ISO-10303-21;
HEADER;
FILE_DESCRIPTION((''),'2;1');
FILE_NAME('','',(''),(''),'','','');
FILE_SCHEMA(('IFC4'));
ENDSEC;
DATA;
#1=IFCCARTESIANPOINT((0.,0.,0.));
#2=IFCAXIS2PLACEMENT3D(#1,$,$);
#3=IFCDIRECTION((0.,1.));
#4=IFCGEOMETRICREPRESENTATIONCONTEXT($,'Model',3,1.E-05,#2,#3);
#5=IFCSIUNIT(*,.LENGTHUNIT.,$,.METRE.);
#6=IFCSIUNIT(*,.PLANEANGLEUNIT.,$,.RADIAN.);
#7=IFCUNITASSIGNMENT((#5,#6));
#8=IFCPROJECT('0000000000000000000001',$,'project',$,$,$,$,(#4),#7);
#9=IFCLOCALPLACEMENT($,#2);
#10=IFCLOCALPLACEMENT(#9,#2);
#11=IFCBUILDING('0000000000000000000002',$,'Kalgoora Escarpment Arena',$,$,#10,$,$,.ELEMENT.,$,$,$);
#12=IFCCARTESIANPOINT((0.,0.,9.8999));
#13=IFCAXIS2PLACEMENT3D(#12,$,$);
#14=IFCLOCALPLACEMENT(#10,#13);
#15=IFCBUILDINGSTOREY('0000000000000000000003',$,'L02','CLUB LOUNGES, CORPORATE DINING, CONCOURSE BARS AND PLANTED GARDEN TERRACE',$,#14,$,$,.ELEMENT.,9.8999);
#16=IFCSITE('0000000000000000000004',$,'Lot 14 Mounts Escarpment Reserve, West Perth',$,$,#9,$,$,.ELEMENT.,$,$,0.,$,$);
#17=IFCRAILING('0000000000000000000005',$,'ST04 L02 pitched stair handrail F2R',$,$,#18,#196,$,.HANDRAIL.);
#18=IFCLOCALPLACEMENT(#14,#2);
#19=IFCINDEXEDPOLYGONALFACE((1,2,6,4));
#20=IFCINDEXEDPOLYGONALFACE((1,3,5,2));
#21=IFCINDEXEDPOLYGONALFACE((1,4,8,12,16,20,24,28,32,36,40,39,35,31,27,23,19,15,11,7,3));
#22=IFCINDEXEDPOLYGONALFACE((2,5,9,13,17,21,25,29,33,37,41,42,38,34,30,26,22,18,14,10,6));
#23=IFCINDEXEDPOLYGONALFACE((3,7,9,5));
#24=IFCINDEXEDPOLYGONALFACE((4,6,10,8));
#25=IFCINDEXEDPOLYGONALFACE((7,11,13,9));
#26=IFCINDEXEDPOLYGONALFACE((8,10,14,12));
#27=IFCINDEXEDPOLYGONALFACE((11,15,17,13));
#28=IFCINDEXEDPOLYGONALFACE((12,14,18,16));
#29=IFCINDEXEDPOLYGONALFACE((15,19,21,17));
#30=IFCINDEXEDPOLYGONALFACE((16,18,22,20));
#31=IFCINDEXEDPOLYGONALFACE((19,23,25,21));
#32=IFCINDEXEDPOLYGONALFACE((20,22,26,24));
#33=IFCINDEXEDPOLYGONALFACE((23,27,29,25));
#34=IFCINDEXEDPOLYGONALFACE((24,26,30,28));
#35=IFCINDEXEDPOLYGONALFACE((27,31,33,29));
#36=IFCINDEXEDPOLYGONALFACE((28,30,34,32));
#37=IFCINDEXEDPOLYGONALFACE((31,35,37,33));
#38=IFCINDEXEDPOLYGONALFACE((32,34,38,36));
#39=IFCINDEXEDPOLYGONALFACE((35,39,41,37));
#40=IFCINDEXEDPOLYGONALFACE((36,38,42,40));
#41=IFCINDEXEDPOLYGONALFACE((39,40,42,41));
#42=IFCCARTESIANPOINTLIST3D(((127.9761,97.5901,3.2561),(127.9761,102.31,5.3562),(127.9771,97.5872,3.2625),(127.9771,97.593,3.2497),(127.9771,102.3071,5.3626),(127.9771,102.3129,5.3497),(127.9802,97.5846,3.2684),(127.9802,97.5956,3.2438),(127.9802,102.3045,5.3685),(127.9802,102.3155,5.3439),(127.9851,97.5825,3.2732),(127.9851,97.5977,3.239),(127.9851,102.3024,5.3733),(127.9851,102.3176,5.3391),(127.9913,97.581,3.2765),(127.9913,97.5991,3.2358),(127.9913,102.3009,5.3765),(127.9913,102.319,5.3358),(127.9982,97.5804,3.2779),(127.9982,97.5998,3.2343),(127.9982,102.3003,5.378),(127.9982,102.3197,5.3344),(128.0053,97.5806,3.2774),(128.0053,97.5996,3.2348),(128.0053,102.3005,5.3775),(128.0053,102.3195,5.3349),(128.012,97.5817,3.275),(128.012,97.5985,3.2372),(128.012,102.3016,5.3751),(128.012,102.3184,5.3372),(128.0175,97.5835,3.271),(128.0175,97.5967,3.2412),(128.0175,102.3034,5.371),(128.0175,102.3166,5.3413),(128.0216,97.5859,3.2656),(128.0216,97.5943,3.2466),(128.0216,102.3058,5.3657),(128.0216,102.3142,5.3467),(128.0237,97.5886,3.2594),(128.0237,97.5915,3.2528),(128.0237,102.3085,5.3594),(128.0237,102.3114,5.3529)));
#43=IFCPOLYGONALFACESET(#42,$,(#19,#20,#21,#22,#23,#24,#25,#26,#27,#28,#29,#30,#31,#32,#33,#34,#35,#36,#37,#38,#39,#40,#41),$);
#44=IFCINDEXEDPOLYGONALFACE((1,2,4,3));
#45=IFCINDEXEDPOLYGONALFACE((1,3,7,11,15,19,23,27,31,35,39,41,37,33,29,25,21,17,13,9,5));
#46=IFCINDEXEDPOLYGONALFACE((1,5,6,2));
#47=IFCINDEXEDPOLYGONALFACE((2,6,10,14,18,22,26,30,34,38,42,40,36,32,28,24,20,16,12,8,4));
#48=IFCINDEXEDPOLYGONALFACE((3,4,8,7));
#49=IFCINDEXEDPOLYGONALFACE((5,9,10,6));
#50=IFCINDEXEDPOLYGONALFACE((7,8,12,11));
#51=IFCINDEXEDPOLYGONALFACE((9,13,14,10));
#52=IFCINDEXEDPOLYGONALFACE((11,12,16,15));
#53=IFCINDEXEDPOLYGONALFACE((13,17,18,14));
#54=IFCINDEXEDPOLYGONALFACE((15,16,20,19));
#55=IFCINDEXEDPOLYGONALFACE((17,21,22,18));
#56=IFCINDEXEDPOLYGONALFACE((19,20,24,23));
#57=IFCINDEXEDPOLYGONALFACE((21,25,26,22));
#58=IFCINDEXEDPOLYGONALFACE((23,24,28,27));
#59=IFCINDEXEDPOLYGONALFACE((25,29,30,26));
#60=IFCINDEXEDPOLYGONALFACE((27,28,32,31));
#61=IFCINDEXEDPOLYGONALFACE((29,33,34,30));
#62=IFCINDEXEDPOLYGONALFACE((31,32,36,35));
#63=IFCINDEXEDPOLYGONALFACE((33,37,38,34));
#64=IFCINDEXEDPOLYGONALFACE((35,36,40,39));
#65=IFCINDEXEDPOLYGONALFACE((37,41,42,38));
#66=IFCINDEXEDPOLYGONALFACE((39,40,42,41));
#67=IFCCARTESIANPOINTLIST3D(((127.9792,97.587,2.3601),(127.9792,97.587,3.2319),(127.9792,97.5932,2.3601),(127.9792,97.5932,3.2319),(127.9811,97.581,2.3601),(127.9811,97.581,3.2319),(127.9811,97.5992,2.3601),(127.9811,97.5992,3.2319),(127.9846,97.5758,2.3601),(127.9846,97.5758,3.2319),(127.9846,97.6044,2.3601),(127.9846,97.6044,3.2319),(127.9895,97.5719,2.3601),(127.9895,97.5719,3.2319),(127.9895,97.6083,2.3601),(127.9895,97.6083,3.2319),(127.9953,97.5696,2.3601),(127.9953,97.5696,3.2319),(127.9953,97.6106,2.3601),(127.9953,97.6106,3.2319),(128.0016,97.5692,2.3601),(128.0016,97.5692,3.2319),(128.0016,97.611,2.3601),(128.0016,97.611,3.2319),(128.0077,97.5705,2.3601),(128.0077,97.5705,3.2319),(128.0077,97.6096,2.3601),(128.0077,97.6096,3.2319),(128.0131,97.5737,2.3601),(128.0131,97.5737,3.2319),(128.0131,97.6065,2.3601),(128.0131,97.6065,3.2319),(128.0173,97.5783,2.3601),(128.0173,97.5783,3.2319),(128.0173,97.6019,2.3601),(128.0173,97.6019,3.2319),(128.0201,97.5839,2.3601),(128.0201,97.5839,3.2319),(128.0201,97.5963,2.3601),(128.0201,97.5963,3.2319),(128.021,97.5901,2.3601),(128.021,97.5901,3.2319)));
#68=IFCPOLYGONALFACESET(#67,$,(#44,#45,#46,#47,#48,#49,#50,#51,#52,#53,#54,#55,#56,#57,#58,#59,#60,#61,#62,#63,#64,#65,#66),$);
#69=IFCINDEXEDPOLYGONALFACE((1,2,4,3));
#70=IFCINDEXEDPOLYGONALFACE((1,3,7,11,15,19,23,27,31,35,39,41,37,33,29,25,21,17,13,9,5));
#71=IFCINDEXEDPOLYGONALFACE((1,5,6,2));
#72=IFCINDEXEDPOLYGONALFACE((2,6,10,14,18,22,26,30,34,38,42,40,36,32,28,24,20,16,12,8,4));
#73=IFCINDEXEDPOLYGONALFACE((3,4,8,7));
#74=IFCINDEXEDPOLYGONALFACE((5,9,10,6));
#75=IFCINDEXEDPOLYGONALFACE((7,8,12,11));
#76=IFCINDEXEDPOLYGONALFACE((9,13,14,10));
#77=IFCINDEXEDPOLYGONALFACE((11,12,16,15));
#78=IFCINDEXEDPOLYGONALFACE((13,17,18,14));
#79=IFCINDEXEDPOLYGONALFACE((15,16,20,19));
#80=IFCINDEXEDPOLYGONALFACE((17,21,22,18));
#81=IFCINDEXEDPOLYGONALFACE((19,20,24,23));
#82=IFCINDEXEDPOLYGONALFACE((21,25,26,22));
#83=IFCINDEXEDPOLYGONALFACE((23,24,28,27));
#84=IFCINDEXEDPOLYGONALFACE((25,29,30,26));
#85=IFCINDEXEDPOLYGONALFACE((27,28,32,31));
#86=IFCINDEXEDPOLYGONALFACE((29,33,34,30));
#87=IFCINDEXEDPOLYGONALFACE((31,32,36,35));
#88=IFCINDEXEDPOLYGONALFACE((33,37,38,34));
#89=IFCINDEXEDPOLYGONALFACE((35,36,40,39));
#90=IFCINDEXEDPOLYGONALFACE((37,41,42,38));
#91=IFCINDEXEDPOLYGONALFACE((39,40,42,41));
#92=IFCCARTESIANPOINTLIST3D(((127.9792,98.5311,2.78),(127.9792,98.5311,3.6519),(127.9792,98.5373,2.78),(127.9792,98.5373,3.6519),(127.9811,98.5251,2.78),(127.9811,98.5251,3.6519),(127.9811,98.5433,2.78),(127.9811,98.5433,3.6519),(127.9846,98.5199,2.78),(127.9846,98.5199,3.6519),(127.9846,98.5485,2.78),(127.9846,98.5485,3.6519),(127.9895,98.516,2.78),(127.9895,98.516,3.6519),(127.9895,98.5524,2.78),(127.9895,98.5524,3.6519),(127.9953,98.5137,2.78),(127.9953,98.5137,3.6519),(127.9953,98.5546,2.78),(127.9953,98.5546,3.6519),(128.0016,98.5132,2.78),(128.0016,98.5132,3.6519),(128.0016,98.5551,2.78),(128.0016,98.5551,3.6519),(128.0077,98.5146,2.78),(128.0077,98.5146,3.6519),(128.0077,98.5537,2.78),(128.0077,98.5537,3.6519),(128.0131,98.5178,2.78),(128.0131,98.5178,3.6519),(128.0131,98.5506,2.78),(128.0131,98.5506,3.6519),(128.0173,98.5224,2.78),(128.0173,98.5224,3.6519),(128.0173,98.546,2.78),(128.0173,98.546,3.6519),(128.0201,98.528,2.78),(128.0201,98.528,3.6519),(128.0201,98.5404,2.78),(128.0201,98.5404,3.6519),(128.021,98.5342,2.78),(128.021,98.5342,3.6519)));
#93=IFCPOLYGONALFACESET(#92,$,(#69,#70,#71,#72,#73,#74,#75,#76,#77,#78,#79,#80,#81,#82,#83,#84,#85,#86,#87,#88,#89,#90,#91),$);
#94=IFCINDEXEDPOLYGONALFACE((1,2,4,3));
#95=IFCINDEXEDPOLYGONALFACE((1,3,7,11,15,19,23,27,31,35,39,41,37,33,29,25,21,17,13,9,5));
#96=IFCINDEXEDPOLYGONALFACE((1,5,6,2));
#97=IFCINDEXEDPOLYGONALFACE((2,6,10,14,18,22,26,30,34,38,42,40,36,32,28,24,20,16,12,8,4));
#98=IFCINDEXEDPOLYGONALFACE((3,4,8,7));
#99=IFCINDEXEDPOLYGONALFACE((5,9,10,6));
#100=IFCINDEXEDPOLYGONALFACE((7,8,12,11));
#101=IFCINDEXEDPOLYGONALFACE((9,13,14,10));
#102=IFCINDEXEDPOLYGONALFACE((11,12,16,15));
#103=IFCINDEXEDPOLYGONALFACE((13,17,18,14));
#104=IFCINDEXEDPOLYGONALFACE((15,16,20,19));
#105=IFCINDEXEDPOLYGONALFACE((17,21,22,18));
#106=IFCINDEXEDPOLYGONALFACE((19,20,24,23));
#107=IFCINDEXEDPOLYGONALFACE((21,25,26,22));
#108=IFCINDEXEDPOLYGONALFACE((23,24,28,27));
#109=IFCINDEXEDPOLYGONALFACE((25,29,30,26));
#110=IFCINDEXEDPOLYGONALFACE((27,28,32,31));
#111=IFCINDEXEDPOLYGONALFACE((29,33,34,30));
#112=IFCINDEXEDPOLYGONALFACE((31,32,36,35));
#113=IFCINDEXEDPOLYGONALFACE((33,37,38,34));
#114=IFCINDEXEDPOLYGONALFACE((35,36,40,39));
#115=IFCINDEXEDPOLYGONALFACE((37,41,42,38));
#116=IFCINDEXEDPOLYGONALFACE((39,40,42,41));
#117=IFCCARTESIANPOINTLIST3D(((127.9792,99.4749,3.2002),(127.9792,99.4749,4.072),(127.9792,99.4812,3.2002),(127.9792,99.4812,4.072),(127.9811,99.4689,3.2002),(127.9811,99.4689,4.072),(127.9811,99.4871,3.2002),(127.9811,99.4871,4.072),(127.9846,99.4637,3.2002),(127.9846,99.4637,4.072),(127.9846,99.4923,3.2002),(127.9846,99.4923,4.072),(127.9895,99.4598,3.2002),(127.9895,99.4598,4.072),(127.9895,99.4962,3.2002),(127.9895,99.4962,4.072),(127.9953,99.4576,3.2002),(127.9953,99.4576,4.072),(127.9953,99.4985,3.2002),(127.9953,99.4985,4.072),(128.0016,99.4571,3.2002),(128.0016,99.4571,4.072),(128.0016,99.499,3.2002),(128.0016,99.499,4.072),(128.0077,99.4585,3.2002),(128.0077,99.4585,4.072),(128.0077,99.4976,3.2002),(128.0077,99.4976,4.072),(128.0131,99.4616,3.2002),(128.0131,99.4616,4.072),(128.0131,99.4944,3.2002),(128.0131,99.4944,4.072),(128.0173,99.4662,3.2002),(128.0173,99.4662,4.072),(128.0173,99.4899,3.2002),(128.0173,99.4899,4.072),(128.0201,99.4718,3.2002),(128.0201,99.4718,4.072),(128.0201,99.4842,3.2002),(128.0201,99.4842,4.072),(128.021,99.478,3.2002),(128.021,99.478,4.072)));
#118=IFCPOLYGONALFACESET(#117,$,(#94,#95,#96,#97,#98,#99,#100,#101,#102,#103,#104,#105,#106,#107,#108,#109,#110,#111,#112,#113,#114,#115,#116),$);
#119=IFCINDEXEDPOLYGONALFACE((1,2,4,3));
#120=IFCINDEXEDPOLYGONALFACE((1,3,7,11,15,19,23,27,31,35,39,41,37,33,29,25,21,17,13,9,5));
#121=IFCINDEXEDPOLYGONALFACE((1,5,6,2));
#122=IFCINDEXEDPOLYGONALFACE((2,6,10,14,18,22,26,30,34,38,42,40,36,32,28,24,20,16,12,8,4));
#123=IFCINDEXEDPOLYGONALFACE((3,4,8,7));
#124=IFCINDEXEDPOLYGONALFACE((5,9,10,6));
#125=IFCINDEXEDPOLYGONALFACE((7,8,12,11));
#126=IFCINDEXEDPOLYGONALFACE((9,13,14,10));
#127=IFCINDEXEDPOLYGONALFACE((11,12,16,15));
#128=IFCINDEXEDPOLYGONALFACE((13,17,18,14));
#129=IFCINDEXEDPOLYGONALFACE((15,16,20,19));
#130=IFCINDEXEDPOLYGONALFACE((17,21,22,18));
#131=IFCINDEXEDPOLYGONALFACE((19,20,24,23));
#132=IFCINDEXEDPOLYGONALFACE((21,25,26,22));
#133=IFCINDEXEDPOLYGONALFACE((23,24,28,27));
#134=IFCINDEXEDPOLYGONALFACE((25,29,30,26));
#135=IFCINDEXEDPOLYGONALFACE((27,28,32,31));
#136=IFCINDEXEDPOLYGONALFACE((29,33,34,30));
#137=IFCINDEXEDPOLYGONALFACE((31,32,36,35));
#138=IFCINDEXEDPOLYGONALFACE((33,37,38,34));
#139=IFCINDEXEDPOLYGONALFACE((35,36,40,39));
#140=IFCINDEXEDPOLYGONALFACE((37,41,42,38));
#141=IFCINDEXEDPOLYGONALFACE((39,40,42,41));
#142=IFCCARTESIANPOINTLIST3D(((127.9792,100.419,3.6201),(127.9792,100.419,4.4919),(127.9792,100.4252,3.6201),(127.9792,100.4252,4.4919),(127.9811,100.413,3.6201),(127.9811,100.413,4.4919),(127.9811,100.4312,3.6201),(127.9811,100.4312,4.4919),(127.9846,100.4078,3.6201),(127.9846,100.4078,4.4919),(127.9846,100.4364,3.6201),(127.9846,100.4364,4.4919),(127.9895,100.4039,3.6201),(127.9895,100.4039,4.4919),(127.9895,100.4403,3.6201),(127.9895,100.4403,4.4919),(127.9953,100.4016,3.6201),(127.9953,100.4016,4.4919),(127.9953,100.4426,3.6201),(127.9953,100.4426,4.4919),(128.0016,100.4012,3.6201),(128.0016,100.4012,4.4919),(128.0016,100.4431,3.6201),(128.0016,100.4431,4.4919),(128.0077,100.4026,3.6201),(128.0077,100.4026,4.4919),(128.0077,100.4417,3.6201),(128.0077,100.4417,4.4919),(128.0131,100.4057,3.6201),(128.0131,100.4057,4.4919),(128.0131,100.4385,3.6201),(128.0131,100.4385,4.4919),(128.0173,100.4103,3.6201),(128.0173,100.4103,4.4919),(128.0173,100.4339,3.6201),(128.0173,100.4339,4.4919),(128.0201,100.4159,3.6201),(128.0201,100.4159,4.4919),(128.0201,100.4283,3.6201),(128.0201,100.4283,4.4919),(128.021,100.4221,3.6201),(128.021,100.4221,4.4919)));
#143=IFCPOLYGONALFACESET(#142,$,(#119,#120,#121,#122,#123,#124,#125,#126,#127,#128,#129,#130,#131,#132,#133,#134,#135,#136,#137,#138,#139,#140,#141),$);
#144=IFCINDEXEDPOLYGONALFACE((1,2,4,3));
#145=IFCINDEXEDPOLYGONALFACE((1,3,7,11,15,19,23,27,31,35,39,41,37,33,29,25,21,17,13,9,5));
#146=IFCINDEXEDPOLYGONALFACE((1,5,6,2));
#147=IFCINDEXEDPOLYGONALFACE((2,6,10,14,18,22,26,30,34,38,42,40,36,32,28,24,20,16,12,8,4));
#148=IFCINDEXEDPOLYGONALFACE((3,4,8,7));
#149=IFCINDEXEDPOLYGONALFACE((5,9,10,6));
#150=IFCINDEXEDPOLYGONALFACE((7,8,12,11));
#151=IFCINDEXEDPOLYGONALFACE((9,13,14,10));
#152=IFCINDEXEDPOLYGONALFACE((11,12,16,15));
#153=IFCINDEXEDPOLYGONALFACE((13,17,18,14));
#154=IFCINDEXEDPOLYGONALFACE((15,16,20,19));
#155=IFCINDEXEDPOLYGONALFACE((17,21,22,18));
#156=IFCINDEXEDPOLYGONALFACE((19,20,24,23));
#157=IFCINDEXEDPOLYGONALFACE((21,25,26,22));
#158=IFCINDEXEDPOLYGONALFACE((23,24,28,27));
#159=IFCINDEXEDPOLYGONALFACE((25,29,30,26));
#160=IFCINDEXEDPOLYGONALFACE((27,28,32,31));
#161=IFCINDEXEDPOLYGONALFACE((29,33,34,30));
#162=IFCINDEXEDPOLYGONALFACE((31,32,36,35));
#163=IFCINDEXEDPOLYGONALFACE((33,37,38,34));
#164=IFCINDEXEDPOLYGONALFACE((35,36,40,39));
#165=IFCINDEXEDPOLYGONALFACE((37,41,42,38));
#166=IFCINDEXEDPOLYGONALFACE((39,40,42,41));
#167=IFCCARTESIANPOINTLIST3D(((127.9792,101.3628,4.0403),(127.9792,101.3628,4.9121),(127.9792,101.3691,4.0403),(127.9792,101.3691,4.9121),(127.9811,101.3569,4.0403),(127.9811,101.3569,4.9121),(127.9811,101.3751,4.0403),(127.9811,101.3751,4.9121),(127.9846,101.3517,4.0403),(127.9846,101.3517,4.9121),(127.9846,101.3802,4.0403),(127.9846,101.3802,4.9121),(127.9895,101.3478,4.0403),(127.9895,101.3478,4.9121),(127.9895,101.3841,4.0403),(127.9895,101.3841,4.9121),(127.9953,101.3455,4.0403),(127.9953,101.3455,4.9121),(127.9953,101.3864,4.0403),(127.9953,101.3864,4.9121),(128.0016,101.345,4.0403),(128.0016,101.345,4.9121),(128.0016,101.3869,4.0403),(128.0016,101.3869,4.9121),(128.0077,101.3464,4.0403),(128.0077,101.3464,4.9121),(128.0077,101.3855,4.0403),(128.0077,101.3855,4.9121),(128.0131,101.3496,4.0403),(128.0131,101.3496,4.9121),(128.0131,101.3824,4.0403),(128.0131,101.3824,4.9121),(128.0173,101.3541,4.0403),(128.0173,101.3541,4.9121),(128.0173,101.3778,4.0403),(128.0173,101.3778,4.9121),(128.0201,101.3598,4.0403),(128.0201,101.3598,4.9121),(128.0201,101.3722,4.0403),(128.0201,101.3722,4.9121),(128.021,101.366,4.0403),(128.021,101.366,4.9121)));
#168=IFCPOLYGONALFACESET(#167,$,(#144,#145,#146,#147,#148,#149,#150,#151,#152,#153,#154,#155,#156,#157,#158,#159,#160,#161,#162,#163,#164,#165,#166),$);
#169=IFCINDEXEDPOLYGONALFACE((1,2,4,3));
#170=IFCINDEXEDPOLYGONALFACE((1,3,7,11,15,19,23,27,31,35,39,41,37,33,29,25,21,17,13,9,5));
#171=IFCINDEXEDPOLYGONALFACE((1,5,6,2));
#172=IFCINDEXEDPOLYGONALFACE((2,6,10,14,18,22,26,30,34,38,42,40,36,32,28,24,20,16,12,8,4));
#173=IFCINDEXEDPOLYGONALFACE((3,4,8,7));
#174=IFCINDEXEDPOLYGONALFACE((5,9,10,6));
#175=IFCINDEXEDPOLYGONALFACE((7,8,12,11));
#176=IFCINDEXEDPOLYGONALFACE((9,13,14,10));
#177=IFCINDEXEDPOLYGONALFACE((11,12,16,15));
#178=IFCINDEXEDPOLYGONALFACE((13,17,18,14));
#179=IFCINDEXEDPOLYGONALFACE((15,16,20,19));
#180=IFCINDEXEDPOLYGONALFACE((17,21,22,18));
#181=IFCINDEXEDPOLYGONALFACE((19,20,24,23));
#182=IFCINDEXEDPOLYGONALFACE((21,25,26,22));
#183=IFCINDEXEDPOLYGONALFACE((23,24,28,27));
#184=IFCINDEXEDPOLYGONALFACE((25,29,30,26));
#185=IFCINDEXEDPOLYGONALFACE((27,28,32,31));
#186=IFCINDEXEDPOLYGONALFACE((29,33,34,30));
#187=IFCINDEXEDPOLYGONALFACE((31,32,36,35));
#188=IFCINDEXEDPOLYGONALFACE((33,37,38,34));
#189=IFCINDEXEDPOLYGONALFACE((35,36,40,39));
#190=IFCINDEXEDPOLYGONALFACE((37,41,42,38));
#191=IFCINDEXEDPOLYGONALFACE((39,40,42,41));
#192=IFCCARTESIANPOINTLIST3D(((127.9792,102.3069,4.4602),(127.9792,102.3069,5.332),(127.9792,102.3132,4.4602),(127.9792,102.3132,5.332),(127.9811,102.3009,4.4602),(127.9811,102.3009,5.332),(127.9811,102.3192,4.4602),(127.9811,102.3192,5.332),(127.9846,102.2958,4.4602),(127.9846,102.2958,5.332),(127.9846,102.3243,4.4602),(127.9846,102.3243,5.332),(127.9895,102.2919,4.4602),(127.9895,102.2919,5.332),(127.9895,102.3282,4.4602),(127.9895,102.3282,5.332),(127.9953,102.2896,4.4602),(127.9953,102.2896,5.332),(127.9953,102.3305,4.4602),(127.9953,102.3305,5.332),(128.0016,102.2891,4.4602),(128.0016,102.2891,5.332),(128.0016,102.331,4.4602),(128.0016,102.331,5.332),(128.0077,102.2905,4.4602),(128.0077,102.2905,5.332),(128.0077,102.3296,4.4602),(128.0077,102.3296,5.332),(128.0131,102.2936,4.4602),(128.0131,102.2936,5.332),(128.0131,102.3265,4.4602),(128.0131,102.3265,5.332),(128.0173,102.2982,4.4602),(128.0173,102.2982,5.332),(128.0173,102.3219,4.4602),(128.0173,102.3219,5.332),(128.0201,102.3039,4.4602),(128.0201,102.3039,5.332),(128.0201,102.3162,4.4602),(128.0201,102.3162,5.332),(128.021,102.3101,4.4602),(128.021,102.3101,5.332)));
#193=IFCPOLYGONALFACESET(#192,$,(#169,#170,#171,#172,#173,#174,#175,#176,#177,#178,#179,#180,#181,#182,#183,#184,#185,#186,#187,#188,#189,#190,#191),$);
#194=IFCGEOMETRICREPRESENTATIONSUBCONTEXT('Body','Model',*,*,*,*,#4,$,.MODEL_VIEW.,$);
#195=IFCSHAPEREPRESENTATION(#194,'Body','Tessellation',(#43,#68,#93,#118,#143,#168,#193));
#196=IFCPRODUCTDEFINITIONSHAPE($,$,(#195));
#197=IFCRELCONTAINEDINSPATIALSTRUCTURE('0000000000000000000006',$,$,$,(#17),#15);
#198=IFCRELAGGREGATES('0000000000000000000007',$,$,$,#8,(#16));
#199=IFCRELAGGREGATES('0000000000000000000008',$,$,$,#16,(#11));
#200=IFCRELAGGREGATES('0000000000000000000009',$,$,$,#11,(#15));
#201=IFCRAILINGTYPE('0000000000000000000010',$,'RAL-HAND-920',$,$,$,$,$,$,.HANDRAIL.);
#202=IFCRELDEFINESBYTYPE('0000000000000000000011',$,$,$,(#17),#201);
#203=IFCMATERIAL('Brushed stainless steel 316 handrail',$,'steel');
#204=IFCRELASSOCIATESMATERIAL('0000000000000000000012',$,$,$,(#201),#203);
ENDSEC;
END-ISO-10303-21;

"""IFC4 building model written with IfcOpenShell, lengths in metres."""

from ifc_helpers import new_model, si_unit, direction, frame, origin, origin_2d, place, context, subcontext, project, spatial, circle, extrude, material, type_object, element, save


model = new_model("IFC4")

# Units and contexts
model_context = context("Model", 3, precision=1e-05, world=origin(), true_north=direction((0.0, 1.0)))
body_context = subcontext(model_context, "Body", "Model", "MODEL_VIEW")
ifc_project = project(units=[si_unit("LENGTHUNIT", "METRE"), si_unit("PLANEANGLEUNIT", "RADIAN")], contexts=[model_context])

# Site, building, storey
site_placement = place(None, origin())
site = spatial("IfcSite", under=ifc_project, at=site_placement, Name="Lot 14 Mounts Escarpment Reserve, West Perth", CompositionType="ELEMENT", RefElevation=0.0)
building_placement = place(site_placement, origin())
building = spatial("IfcBuilding", under=site, at=building_placement, Name="Kalgoora Escarpment Arena", CompositionType="ELEMENT")
storey_placement = place(building_placement, frame((0.0, 0.0, 9.8999)))
storey = spatial("IfcBuildingStorey", under=building, at=storey_placement, Name="L02", Description="CLUB LOUNGES, CORPORATE DINING, CONCOURSE BARS AND PLANTED GARDEN TERRACE", CompositionType="ELEMENT", Elevation=9.8999)

# Railing
ifc_material_1 = material(Name="Brushed stainless steel 316 handrail", Category="steel")
railing_type_1 = type_object("IfcRailingType", Name="RAL-HAND-920", PredefinedType="HANDRAIL", material=ifc_material_1)
for number, where, name in (
    (1, (128.0, 97.5901, 2.3601), "ST04 L02 pitched stair handrail F2R"),
):
    element("IfcRailing", number, at=place(storey_placement, frame(where)), inside=storey, type_object=railing_type_1, Name=name, PredefinedType="HANDRAIL", context=body_context, shape_type="SweptSolid", body=[
        extrude(circle(Radius=0.0239, at=origin_2d()), frame((0.0, 0.0, 0.896), z_axis=(0.0, 0.913644, 0.406516), x_axis=(-1.0, 0.0, 0.0)), (0.0, 0.0, 1.0), 5.166),
        extrude(circle(Radius=0.021, at=origin_2d()), origin(), (0.0, 0.0, 1.0), 0.8718),
        extrude(circle(Radius=0.021, at=origin_2d()), frame((0.0, 0.9441, 0.4199)), (0.0, 0.0, 1.0), 0.8718),
        extrude(circle(Radius=0.021, at=origin_2d()), frame((0.0, 1.8879, 0.8401)), (0.0, 0.0, 1.0), 0.8718),
        extrude(circle(Radius=0.021, at=origin_2d()), frame((0.0, 2.832, 1.26)), (0.0, 0.0, 1.0), 0.8718),
        extrude(circle(Radius=0.021, at=origin_2d()), frame((0.0, 3.7759, 1.6802)), (0.0, 0.0, 1.0), 0.8718),
        extrude(circle(Radius=0.021, at=origin_2d()), frame((0.0, 4.72, 2.1001)), (0.0, 0.0, 1.0), 0.8718),
    ])

save(model, "model.ifc")
